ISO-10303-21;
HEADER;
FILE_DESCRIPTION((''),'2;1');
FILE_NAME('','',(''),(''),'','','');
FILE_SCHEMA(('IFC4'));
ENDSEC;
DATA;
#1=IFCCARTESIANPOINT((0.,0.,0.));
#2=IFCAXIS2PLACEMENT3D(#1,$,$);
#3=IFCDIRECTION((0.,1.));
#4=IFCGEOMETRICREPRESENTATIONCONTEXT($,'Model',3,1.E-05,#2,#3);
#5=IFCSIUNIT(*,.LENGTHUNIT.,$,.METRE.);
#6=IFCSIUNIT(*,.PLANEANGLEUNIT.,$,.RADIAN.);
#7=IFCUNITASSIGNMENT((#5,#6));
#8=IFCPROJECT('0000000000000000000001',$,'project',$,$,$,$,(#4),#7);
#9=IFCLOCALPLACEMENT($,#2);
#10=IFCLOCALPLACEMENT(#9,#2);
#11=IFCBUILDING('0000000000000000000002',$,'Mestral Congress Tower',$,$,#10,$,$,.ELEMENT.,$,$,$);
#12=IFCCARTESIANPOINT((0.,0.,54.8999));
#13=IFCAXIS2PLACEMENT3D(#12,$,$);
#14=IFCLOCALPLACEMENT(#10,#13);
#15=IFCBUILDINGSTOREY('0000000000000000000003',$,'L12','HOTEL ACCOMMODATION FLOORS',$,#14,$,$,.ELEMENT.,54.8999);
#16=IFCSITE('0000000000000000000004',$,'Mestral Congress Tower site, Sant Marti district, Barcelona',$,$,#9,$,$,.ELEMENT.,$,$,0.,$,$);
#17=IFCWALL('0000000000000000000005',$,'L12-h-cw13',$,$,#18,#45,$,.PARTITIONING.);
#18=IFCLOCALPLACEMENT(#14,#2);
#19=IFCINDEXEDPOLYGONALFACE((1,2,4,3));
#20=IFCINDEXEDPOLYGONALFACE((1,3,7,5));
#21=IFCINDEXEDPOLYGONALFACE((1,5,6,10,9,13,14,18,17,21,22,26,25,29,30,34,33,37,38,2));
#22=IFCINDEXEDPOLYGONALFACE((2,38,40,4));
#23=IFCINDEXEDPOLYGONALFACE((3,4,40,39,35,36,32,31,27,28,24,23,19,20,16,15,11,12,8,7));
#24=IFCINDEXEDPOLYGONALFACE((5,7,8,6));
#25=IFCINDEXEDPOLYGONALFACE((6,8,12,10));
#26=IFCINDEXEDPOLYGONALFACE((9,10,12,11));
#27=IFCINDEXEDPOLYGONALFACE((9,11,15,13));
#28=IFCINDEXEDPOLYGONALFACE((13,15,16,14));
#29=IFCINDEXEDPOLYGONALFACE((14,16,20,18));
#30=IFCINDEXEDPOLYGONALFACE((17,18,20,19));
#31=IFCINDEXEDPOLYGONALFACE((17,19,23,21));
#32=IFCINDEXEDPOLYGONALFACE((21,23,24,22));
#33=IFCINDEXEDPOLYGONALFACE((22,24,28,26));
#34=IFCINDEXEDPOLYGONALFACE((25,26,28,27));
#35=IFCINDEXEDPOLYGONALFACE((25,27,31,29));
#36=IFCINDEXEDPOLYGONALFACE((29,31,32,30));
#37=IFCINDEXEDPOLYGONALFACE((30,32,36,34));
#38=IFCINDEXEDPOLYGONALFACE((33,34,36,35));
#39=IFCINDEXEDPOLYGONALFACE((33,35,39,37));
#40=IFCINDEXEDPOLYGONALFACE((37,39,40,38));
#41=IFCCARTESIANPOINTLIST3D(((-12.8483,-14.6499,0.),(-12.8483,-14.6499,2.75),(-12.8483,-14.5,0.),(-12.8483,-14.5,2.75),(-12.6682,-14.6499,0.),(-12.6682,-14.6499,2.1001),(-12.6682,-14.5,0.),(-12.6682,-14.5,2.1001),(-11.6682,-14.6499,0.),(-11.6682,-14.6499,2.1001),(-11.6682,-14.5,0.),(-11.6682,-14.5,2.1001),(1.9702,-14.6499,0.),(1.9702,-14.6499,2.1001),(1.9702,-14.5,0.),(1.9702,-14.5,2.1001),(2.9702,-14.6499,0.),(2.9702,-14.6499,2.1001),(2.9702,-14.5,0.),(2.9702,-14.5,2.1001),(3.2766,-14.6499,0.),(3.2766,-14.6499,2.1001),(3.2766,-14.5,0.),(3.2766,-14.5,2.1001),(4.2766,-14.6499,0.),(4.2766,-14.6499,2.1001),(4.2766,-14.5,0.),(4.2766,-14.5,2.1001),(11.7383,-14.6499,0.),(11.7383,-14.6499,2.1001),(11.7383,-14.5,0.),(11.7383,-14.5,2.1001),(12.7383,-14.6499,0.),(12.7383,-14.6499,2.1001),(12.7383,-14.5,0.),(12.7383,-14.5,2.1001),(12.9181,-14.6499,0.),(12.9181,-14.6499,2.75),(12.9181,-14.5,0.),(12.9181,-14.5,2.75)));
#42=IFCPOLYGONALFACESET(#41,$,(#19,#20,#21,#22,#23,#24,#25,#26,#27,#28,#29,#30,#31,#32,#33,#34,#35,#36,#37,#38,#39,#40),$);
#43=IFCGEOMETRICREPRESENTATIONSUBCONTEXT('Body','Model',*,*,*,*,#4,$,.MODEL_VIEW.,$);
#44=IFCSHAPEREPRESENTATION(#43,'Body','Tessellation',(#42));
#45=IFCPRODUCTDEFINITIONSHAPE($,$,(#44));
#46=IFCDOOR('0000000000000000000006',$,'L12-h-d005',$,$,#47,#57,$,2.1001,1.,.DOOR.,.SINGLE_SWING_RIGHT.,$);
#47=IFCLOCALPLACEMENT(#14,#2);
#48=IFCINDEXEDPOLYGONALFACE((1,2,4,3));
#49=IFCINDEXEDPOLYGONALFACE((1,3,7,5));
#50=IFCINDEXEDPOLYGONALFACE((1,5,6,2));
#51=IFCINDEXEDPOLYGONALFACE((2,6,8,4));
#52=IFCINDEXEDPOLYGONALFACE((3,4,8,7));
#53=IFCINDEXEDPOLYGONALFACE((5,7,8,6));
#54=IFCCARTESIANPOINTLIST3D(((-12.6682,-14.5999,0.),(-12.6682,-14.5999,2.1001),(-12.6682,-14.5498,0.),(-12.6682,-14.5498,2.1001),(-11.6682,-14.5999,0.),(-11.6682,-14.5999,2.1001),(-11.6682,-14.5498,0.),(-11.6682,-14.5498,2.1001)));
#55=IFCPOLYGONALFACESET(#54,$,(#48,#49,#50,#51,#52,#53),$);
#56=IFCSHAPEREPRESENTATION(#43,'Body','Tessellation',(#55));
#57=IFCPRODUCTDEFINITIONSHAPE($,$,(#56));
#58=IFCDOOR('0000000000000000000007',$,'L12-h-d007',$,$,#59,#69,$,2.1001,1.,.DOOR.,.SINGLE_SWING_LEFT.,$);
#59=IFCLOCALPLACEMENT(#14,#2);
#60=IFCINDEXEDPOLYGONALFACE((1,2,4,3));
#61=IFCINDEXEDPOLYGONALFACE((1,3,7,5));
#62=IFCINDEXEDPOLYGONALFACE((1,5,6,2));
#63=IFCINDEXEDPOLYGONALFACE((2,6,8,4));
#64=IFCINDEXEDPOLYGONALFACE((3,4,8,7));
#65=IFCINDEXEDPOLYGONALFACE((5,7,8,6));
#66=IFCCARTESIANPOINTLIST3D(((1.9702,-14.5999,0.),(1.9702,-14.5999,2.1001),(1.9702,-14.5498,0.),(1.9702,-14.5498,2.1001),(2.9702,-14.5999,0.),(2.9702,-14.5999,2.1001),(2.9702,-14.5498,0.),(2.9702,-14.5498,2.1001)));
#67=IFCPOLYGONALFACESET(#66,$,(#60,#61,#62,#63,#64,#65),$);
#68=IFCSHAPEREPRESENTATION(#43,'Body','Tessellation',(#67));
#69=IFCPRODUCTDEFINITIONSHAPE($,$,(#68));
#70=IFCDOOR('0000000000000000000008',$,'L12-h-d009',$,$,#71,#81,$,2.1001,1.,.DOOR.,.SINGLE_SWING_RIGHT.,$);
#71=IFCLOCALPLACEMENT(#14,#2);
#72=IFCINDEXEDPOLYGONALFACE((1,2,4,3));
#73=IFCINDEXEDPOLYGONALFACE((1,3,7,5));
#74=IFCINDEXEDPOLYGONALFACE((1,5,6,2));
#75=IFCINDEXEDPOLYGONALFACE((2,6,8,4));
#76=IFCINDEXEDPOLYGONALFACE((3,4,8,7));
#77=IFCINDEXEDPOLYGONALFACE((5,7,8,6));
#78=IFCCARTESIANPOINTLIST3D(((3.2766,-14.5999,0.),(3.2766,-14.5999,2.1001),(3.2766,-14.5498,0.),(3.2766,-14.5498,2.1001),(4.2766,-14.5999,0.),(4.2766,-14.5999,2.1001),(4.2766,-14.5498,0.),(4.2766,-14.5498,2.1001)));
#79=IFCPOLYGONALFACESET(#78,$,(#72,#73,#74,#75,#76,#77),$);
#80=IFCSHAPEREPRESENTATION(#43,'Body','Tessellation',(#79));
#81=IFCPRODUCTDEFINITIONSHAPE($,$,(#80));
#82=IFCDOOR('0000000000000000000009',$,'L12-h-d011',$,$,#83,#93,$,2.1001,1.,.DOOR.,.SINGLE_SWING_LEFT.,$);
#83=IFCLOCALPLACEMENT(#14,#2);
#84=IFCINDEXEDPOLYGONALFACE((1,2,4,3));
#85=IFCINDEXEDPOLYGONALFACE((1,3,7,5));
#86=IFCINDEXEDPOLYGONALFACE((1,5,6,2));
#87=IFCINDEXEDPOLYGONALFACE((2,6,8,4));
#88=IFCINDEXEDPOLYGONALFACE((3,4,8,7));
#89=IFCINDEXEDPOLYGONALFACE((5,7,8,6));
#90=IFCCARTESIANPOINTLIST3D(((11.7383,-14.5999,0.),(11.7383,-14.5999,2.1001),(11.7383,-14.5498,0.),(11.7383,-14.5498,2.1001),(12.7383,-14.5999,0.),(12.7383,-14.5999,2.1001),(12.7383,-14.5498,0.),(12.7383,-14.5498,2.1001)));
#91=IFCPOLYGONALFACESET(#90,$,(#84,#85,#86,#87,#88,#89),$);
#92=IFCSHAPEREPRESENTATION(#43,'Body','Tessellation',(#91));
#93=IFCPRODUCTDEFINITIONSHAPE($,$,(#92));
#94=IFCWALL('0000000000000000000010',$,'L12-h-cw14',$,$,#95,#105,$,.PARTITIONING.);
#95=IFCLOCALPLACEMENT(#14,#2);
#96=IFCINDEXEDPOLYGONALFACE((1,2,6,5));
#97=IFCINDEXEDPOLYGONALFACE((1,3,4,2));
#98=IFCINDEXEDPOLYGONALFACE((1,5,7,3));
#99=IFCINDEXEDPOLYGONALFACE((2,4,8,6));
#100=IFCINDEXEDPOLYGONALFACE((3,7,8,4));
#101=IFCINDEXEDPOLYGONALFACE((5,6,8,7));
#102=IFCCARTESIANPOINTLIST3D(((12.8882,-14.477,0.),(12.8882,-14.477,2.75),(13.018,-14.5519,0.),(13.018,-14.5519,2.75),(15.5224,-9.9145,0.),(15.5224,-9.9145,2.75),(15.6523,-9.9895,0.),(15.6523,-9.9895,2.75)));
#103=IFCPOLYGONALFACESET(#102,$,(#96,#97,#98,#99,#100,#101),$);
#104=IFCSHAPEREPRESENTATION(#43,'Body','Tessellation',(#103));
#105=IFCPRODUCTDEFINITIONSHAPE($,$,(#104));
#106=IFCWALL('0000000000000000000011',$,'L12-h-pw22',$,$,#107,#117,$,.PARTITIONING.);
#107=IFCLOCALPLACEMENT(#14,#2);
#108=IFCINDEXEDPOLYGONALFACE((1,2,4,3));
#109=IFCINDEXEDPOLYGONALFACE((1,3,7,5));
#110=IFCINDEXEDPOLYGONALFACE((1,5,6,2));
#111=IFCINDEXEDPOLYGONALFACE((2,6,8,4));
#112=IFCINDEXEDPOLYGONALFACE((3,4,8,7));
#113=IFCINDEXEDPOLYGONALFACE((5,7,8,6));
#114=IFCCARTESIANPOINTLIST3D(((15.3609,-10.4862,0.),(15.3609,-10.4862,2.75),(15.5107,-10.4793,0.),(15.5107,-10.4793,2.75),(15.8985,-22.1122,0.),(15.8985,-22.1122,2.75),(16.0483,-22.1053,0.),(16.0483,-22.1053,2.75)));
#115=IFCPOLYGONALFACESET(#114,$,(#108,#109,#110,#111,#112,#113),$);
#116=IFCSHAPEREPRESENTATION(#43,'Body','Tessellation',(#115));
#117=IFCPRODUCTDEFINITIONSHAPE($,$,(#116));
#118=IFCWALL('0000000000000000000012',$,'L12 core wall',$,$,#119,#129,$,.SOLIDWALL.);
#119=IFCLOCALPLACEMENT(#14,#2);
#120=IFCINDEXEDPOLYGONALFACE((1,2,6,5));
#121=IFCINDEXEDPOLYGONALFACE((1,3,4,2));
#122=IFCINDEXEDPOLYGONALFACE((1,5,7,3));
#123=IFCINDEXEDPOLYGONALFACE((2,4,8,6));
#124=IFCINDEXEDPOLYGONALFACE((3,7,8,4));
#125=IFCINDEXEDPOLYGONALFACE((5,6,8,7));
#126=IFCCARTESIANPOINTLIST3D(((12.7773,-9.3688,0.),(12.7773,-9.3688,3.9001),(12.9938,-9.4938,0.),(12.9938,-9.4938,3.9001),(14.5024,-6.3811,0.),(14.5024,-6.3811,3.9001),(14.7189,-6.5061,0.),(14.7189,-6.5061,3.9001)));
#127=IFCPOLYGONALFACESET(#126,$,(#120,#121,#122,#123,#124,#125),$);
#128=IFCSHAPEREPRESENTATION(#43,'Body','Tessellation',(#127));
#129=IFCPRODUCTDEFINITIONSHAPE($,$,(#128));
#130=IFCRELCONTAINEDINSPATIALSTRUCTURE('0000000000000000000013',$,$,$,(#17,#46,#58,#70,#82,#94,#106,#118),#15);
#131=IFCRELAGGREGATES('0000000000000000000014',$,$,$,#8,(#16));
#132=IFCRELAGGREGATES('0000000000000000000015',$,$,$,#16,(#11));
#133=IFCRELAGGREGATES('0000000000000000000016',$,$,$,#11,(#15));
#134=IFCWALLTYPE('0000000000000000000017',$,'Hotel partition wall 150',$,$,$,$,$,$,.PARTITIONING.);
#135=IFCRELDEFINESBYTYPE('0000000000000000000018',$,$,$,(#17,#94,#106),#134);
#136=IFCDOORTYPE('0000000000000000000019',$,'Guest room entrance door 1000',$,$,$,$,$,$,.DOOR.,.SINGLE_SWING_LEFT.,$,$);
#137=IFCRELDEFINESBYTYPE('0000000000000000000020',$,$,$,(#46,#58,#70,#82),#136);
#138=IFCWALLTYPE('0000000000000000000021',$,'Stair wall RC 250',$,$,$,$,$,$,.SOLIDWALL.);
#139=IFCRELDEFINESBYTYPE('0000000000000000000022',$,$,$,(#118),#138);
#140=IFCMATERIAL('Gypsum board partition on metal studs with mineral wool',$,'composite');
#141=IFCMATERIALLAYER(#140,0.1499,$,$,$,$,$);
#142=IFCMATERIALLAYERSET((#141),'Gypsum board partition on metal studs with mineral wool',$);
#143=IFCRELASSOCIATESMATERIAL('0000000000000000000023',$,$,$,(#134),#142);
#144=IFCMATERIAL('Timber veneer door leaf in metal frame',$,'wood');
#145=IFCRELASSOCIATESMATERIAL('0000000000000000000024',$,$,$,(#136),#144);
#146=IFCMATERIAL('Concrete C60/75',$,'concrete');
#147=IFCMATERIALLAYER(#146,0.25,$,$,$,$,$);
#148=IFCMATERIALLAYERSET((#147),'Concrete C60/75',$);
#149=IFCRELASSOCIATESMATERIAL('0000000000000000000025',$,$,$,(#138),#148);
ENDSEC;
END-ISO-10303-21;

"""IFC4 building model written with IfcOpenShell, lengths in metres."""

from ifc_helpers import new_model, si_unit, direction, frame, frame_2d, origin, place, context, subcontext, project, spatial, rectangle, extrude, material, layer, layer_set, type_object, element, fill, save


model = new_model("IFC4")

# Units and contexts
model_context = context("Model", 3, precision=1e-05, world=origin(), true_north=direction((0.0, 1.0)))
body_context = subcontext(model_context, "Body", "Model", "MODEL_VIEW")
ifc_project = project(units=[si_unit("LENGTHUNIT", "METRE"), si_unit("PLANEANGLEUNIT", "RADIAN")], contexts=[model_context])

# Site, building, storey
site_placement = place(None, origin())
site = spatial("IfcSite", under=ifc_project, at=site_placement, Name="Mestral Congress Tower site, Sant Marti district, Barcelona", CompositionType="ELEMENT", RefElevation=0.0)
building_placement = place(site_placement, origin())
building = spatial("IfcBuilding", under=site, at=building_placement, Name="Mestral Congress Tower", CompositionType="ELEMENT")
storey_placement = place(building_placement, frame((0.0, 0.0, 54.8999)))
storey = spatial("IfcBuildingStorey", under=building, at=storey_placement, Name="L12", Description="HOTEL ACCOMMODATION FLOORS", CompositionType="ELEMENT", Elevation=54.8999)

# Shared definitions
ifc_material_1 = material(Name="Concrete C60/75", Category="concrete")

# Shared definitions
ifc_material_2 = material(Name="Gypsum board partition on metal studs with mineral wool", Category="composite")

# Wall, openings, doors
ifc_layer_1 = layer(ifc_material_2, 0.1499)
ifc_layer_set_1 = layer_set([ifc_layer_1], Name="Gypsum board partition on metal studs with mineral wool")
wall_type_1 = type_object("IfcWallType", Name="Hotel partition wall 150", PredefinedType="PARTITIONING", material=ifc_layer_set_1)
wall_1_placement = place(storey_placement, frame((12.9182, -14.575, 0.0), z_axis=(0.0, 0.0, 1.0), x_axis=(-1.0, 0.0, 0.0)))
wall_1 = element("IfcWall", 1, at=wall_1_placement, inside=storey, type_object=wall_type_1, Name="L12-h-cw13", PredefinedType="PARTITIONING", context=body_context, shape_type="SweptSolid", body=[
    extrude(rectangle(XDim=25.7664, YDim=0.1499, at=frame_2d((12.8833, 0.0))), origin(), (0.0, 0.0, 1.0), 2.75),
])
opening_1_placement = place(wall_1_placement, frame((24.5864, 0.0, 0.0)))
opening_1 = element("IfcOpeningElement", 2, at=opening_1_placement, cuts=wall_1, PredefinedType="OPENING", context=body_context, shape_type="SweptSolid", body=[
    extrude(rectangle(XDim=1.0, YDim=2.1001, at=frame_2d((0.5, 1.05))), frame((0.0, 0.085, 0.0), z_axis=(0.0, -1.0, 0.0), x_axis=(1.0, 0.0, 0.0)), (0.0, 0.0, 1.0), 0.1699),
])
opening_2_placement = place(wall_1_placement, frame((9.948, 0.0, 0.0)))
opening_2 = element("IfcOpeningElement", 3, at=opening_2_placement, cuts=wall_1, PredefinedType="OPENING", context=body_context, shape_type="SweptSolid", body=[
    extrude(rectangle(XDim=1.0, YDim=2.1001, at=frame_2d((0.5, 1.05))), frame((0.0, 0.085, 0.0), z_axis=(0.0, -1.0, 0.0), x_axis=(1.0, 0.0, 0.0)), (0.0, 0.0, 1.0), 0.1699),
])
opening_3_placement = place(wall_1_placement, frame((8.6416, 0.0, 0.0)))
opening_3 = element("IfcOpeningElement", 4, at=opening_3_placement, cuts=wall_1, PredefinedType="OPENING", context=body_context, shape_type="SweptSolid", body=[
    extrude(rectangle(XDim=1.0, YDim=2.1001, at=frame_2d((0.5, 1.05))), frame((0.0, 0.085, 0.0), z_axis=(0.0, -1.0, 0.0), x_axis=(1.0, 0.0, 0.0)), (0.0, 0.0, 1.0), 0.1699),
])
opening_4_placement = place(wall_1_placement, frame((0.1799, 0.0, 0.0)))
opening_4 = element("IfcOpeningElement", 5, at=opening_4_placement, cuts=wall_1, PredefinedType="OPENING", context=body_context, shape_type="SweptSolid", body=[
    extrude(rectangle(XDim=1.0, YDim=2.1001, at=frame_2d((0.5, 1.05))), frame((0.0, 0.085, 0.0), z_axis=(0.0, -1.0, 0.0), x_axis=(1.0, 0.0, 0.0)), (0.0, 0.0, 1.0), 0.1699),
])
ifc_material_3 = material(Name="Timber veneer door leaf in metal frame", Category="wood")
door_type_1 = type_object("IfcDoorType", Name="Guest room entrance door 1000", OperationType="SINGLE_SWING_LEFT", PredefinedType="DOOR", material=ifc_material_3)
door_1_placement = place(opening_1_placement, origin())
door_1 = element("IfcDoor", 6, at=door_1_placement, inside=storey, type_object=door_type_1, Name="L12-h-d005", OperationType="SINGLE_SWING_RIGHT", OverallHeight=2.1001, OverallWidth=1.0, PredefinedType="DOOR", context=body_context, shape_type="SweptSolid", body=[
    extrude(rectangle(XDim=1.0, YDim=2.1001, at=frame_2d((0.5, 1.05))), frame((0.0, 0.0249, 0.0), z_axis=(0.0, -1.0, 0.0), x_axis=(1.0, 0.0, 0.0)), (0.0, 0.0, 1.0), 0.05),
])
fill(opening_1, door_1)
door_2_placement = place(opening_2_placement, origin())
door_2 = element("IfcDoor", 7, at=door_2_placement, inside=storey, type_object=door_type_1, Name="L12-h-d007", OperationType="SINGLE_SWING_LEFT", OverallHeight=2.1001, OverallWidth=1.0, PredefinedType="DOOR", context=body_context, shape_type="SweptSolid", body=[
    extrude(rectangle(XDim=1.0, YDim=2.1001, at=frame_2d((0.5, 1.05))), frame((0.0, 0.0249, 0.0), z_axis=(0.0, -1.0, 0.0), x_axis=(1.0, 0.0, 0.0)), (0.0, 0.0, 1.0), 0.05),
])
fill(opening_2, door_2)
door_3_placement = place(opening_3_placement, origin())
door_3 = element("IfcDoor", 8, at=door_3_placement, inside=storey, type_object=door_type_1, Name="L12-h-d009", OperationType="SINGLE_SWING_RIGHT", OverallHeight=2.1001, OverallWidth=1.0, PredefinedType="DOOR", context=body_context, shape_type="SweptSolid", body=[
    extrude(rectangle(XDim=1.0, YDim=2.1001, at=frame_2d((0.5, 1.05))), frame((0.0, 0.0249, 0.0), z_axis=(0.0, -1.0, 0.0), x_axis=(1.0, 0.0, 0.0)), (0.0, 0.0, 1.0), 0.05),
])
fill(opening_3, door_3)
door_4_placement = place(opening_4_placement, origin())
door_4 = element("IfcDoor", 9, at=door_4_placement, inside=storey, type_object=door_type_1, Name="L12-h-d011", OperationType="SINGLE_SWING_LEFT", OverallHeight=2.1001, OverallWidth=1.0, PredefinedType="DOOR", context=body_context, shape_type="SweptSolid", body=[
    extrude(rectangle(XDim=1.0, YDim=2.1001, at=frame_2d((0.5, 1.05))), frame((0.0, 0.0249, 0.0), z_axis=(0.0, -1.0, 0.0), x_axis=(1.0, 0.0, 0.0)), (0.0, 0.0, 1.0), 0.05),
])
fill(opening_4, door_4)

# Walls
wall_2_placement = place(storey_placement, frame((15.5874, -9.9519, 0.0), z_axis=(0.0, 0.0, 1.0), x_axis=(-0.500017, -0.866016, 0.0)))
element("IfcWall", 10, at=wall_2_placement, inside=storey, type_object=wall_type_1, Name="L12-h-cw14", PredefinedType="PARTITIONING", context=body_context, shape_type="SweptSolid", body=[
    extrude(rectangle(XDim=5.2683, YDim=0.1499, at=frame_2d((2.6343, 0.0))), origin(), (0.0, 0.0, 1.0), 2.75),
])
wall_3_placement = place(storey_placement, frame((15.9734, -22.1089, 0.0), z_axis=(0.0, 0.0, 1.0), x_axis=(-0.046192, 0.998933, 0.0)))
element("IfcWall", 11, at=wall_3_placement, inside=storey, type_object=wall_type_1, Name="L12-h-pw22", PredefinedType="PARTITIONING", context=body_context, shape_type="SweptSolid", body=[
    extrude(rectangle(XDim=11.6384, YDim=0.1499, at=frame_2d((5.8193, 0.0))), origin(), (0.0, 0.0, 1.0), 2.75),
])
ifc_layer_2 = layer(ifc_material_1, 0.25)
ifc_layer_set_2 = layer_set([ifc_layer_2], Name="Concrete C60/75")
wall_type_2 = type_object("IfcWallType", Name="Stair wall RC 250", PredefinedType="SOLIDWALL", material=ifc_layer_set_2)
wall_4_placement = place(storey_placement, frame((12.8855, -9.4314, 0.0), z_axis=(0.0, 0.0, 1.0), x_axis=(0.500021, 0.866014, 0.0)))
element("IfcWall", 12, at=wall_4_placement, inside=storey, type_object=wall_type_2, Name="L12 core wall", PredefinedType="SOLIDWALL", context=body_context, shape_type="SweptSolid", body=[
    extrude(rectangle(XDim=3.45, YDim=0.25, at=frame_2d((1.7251, 0.0))), origin(), (0.0, 0.0, 1.0), 3.9001),
])

save(model, "model.ifc")
